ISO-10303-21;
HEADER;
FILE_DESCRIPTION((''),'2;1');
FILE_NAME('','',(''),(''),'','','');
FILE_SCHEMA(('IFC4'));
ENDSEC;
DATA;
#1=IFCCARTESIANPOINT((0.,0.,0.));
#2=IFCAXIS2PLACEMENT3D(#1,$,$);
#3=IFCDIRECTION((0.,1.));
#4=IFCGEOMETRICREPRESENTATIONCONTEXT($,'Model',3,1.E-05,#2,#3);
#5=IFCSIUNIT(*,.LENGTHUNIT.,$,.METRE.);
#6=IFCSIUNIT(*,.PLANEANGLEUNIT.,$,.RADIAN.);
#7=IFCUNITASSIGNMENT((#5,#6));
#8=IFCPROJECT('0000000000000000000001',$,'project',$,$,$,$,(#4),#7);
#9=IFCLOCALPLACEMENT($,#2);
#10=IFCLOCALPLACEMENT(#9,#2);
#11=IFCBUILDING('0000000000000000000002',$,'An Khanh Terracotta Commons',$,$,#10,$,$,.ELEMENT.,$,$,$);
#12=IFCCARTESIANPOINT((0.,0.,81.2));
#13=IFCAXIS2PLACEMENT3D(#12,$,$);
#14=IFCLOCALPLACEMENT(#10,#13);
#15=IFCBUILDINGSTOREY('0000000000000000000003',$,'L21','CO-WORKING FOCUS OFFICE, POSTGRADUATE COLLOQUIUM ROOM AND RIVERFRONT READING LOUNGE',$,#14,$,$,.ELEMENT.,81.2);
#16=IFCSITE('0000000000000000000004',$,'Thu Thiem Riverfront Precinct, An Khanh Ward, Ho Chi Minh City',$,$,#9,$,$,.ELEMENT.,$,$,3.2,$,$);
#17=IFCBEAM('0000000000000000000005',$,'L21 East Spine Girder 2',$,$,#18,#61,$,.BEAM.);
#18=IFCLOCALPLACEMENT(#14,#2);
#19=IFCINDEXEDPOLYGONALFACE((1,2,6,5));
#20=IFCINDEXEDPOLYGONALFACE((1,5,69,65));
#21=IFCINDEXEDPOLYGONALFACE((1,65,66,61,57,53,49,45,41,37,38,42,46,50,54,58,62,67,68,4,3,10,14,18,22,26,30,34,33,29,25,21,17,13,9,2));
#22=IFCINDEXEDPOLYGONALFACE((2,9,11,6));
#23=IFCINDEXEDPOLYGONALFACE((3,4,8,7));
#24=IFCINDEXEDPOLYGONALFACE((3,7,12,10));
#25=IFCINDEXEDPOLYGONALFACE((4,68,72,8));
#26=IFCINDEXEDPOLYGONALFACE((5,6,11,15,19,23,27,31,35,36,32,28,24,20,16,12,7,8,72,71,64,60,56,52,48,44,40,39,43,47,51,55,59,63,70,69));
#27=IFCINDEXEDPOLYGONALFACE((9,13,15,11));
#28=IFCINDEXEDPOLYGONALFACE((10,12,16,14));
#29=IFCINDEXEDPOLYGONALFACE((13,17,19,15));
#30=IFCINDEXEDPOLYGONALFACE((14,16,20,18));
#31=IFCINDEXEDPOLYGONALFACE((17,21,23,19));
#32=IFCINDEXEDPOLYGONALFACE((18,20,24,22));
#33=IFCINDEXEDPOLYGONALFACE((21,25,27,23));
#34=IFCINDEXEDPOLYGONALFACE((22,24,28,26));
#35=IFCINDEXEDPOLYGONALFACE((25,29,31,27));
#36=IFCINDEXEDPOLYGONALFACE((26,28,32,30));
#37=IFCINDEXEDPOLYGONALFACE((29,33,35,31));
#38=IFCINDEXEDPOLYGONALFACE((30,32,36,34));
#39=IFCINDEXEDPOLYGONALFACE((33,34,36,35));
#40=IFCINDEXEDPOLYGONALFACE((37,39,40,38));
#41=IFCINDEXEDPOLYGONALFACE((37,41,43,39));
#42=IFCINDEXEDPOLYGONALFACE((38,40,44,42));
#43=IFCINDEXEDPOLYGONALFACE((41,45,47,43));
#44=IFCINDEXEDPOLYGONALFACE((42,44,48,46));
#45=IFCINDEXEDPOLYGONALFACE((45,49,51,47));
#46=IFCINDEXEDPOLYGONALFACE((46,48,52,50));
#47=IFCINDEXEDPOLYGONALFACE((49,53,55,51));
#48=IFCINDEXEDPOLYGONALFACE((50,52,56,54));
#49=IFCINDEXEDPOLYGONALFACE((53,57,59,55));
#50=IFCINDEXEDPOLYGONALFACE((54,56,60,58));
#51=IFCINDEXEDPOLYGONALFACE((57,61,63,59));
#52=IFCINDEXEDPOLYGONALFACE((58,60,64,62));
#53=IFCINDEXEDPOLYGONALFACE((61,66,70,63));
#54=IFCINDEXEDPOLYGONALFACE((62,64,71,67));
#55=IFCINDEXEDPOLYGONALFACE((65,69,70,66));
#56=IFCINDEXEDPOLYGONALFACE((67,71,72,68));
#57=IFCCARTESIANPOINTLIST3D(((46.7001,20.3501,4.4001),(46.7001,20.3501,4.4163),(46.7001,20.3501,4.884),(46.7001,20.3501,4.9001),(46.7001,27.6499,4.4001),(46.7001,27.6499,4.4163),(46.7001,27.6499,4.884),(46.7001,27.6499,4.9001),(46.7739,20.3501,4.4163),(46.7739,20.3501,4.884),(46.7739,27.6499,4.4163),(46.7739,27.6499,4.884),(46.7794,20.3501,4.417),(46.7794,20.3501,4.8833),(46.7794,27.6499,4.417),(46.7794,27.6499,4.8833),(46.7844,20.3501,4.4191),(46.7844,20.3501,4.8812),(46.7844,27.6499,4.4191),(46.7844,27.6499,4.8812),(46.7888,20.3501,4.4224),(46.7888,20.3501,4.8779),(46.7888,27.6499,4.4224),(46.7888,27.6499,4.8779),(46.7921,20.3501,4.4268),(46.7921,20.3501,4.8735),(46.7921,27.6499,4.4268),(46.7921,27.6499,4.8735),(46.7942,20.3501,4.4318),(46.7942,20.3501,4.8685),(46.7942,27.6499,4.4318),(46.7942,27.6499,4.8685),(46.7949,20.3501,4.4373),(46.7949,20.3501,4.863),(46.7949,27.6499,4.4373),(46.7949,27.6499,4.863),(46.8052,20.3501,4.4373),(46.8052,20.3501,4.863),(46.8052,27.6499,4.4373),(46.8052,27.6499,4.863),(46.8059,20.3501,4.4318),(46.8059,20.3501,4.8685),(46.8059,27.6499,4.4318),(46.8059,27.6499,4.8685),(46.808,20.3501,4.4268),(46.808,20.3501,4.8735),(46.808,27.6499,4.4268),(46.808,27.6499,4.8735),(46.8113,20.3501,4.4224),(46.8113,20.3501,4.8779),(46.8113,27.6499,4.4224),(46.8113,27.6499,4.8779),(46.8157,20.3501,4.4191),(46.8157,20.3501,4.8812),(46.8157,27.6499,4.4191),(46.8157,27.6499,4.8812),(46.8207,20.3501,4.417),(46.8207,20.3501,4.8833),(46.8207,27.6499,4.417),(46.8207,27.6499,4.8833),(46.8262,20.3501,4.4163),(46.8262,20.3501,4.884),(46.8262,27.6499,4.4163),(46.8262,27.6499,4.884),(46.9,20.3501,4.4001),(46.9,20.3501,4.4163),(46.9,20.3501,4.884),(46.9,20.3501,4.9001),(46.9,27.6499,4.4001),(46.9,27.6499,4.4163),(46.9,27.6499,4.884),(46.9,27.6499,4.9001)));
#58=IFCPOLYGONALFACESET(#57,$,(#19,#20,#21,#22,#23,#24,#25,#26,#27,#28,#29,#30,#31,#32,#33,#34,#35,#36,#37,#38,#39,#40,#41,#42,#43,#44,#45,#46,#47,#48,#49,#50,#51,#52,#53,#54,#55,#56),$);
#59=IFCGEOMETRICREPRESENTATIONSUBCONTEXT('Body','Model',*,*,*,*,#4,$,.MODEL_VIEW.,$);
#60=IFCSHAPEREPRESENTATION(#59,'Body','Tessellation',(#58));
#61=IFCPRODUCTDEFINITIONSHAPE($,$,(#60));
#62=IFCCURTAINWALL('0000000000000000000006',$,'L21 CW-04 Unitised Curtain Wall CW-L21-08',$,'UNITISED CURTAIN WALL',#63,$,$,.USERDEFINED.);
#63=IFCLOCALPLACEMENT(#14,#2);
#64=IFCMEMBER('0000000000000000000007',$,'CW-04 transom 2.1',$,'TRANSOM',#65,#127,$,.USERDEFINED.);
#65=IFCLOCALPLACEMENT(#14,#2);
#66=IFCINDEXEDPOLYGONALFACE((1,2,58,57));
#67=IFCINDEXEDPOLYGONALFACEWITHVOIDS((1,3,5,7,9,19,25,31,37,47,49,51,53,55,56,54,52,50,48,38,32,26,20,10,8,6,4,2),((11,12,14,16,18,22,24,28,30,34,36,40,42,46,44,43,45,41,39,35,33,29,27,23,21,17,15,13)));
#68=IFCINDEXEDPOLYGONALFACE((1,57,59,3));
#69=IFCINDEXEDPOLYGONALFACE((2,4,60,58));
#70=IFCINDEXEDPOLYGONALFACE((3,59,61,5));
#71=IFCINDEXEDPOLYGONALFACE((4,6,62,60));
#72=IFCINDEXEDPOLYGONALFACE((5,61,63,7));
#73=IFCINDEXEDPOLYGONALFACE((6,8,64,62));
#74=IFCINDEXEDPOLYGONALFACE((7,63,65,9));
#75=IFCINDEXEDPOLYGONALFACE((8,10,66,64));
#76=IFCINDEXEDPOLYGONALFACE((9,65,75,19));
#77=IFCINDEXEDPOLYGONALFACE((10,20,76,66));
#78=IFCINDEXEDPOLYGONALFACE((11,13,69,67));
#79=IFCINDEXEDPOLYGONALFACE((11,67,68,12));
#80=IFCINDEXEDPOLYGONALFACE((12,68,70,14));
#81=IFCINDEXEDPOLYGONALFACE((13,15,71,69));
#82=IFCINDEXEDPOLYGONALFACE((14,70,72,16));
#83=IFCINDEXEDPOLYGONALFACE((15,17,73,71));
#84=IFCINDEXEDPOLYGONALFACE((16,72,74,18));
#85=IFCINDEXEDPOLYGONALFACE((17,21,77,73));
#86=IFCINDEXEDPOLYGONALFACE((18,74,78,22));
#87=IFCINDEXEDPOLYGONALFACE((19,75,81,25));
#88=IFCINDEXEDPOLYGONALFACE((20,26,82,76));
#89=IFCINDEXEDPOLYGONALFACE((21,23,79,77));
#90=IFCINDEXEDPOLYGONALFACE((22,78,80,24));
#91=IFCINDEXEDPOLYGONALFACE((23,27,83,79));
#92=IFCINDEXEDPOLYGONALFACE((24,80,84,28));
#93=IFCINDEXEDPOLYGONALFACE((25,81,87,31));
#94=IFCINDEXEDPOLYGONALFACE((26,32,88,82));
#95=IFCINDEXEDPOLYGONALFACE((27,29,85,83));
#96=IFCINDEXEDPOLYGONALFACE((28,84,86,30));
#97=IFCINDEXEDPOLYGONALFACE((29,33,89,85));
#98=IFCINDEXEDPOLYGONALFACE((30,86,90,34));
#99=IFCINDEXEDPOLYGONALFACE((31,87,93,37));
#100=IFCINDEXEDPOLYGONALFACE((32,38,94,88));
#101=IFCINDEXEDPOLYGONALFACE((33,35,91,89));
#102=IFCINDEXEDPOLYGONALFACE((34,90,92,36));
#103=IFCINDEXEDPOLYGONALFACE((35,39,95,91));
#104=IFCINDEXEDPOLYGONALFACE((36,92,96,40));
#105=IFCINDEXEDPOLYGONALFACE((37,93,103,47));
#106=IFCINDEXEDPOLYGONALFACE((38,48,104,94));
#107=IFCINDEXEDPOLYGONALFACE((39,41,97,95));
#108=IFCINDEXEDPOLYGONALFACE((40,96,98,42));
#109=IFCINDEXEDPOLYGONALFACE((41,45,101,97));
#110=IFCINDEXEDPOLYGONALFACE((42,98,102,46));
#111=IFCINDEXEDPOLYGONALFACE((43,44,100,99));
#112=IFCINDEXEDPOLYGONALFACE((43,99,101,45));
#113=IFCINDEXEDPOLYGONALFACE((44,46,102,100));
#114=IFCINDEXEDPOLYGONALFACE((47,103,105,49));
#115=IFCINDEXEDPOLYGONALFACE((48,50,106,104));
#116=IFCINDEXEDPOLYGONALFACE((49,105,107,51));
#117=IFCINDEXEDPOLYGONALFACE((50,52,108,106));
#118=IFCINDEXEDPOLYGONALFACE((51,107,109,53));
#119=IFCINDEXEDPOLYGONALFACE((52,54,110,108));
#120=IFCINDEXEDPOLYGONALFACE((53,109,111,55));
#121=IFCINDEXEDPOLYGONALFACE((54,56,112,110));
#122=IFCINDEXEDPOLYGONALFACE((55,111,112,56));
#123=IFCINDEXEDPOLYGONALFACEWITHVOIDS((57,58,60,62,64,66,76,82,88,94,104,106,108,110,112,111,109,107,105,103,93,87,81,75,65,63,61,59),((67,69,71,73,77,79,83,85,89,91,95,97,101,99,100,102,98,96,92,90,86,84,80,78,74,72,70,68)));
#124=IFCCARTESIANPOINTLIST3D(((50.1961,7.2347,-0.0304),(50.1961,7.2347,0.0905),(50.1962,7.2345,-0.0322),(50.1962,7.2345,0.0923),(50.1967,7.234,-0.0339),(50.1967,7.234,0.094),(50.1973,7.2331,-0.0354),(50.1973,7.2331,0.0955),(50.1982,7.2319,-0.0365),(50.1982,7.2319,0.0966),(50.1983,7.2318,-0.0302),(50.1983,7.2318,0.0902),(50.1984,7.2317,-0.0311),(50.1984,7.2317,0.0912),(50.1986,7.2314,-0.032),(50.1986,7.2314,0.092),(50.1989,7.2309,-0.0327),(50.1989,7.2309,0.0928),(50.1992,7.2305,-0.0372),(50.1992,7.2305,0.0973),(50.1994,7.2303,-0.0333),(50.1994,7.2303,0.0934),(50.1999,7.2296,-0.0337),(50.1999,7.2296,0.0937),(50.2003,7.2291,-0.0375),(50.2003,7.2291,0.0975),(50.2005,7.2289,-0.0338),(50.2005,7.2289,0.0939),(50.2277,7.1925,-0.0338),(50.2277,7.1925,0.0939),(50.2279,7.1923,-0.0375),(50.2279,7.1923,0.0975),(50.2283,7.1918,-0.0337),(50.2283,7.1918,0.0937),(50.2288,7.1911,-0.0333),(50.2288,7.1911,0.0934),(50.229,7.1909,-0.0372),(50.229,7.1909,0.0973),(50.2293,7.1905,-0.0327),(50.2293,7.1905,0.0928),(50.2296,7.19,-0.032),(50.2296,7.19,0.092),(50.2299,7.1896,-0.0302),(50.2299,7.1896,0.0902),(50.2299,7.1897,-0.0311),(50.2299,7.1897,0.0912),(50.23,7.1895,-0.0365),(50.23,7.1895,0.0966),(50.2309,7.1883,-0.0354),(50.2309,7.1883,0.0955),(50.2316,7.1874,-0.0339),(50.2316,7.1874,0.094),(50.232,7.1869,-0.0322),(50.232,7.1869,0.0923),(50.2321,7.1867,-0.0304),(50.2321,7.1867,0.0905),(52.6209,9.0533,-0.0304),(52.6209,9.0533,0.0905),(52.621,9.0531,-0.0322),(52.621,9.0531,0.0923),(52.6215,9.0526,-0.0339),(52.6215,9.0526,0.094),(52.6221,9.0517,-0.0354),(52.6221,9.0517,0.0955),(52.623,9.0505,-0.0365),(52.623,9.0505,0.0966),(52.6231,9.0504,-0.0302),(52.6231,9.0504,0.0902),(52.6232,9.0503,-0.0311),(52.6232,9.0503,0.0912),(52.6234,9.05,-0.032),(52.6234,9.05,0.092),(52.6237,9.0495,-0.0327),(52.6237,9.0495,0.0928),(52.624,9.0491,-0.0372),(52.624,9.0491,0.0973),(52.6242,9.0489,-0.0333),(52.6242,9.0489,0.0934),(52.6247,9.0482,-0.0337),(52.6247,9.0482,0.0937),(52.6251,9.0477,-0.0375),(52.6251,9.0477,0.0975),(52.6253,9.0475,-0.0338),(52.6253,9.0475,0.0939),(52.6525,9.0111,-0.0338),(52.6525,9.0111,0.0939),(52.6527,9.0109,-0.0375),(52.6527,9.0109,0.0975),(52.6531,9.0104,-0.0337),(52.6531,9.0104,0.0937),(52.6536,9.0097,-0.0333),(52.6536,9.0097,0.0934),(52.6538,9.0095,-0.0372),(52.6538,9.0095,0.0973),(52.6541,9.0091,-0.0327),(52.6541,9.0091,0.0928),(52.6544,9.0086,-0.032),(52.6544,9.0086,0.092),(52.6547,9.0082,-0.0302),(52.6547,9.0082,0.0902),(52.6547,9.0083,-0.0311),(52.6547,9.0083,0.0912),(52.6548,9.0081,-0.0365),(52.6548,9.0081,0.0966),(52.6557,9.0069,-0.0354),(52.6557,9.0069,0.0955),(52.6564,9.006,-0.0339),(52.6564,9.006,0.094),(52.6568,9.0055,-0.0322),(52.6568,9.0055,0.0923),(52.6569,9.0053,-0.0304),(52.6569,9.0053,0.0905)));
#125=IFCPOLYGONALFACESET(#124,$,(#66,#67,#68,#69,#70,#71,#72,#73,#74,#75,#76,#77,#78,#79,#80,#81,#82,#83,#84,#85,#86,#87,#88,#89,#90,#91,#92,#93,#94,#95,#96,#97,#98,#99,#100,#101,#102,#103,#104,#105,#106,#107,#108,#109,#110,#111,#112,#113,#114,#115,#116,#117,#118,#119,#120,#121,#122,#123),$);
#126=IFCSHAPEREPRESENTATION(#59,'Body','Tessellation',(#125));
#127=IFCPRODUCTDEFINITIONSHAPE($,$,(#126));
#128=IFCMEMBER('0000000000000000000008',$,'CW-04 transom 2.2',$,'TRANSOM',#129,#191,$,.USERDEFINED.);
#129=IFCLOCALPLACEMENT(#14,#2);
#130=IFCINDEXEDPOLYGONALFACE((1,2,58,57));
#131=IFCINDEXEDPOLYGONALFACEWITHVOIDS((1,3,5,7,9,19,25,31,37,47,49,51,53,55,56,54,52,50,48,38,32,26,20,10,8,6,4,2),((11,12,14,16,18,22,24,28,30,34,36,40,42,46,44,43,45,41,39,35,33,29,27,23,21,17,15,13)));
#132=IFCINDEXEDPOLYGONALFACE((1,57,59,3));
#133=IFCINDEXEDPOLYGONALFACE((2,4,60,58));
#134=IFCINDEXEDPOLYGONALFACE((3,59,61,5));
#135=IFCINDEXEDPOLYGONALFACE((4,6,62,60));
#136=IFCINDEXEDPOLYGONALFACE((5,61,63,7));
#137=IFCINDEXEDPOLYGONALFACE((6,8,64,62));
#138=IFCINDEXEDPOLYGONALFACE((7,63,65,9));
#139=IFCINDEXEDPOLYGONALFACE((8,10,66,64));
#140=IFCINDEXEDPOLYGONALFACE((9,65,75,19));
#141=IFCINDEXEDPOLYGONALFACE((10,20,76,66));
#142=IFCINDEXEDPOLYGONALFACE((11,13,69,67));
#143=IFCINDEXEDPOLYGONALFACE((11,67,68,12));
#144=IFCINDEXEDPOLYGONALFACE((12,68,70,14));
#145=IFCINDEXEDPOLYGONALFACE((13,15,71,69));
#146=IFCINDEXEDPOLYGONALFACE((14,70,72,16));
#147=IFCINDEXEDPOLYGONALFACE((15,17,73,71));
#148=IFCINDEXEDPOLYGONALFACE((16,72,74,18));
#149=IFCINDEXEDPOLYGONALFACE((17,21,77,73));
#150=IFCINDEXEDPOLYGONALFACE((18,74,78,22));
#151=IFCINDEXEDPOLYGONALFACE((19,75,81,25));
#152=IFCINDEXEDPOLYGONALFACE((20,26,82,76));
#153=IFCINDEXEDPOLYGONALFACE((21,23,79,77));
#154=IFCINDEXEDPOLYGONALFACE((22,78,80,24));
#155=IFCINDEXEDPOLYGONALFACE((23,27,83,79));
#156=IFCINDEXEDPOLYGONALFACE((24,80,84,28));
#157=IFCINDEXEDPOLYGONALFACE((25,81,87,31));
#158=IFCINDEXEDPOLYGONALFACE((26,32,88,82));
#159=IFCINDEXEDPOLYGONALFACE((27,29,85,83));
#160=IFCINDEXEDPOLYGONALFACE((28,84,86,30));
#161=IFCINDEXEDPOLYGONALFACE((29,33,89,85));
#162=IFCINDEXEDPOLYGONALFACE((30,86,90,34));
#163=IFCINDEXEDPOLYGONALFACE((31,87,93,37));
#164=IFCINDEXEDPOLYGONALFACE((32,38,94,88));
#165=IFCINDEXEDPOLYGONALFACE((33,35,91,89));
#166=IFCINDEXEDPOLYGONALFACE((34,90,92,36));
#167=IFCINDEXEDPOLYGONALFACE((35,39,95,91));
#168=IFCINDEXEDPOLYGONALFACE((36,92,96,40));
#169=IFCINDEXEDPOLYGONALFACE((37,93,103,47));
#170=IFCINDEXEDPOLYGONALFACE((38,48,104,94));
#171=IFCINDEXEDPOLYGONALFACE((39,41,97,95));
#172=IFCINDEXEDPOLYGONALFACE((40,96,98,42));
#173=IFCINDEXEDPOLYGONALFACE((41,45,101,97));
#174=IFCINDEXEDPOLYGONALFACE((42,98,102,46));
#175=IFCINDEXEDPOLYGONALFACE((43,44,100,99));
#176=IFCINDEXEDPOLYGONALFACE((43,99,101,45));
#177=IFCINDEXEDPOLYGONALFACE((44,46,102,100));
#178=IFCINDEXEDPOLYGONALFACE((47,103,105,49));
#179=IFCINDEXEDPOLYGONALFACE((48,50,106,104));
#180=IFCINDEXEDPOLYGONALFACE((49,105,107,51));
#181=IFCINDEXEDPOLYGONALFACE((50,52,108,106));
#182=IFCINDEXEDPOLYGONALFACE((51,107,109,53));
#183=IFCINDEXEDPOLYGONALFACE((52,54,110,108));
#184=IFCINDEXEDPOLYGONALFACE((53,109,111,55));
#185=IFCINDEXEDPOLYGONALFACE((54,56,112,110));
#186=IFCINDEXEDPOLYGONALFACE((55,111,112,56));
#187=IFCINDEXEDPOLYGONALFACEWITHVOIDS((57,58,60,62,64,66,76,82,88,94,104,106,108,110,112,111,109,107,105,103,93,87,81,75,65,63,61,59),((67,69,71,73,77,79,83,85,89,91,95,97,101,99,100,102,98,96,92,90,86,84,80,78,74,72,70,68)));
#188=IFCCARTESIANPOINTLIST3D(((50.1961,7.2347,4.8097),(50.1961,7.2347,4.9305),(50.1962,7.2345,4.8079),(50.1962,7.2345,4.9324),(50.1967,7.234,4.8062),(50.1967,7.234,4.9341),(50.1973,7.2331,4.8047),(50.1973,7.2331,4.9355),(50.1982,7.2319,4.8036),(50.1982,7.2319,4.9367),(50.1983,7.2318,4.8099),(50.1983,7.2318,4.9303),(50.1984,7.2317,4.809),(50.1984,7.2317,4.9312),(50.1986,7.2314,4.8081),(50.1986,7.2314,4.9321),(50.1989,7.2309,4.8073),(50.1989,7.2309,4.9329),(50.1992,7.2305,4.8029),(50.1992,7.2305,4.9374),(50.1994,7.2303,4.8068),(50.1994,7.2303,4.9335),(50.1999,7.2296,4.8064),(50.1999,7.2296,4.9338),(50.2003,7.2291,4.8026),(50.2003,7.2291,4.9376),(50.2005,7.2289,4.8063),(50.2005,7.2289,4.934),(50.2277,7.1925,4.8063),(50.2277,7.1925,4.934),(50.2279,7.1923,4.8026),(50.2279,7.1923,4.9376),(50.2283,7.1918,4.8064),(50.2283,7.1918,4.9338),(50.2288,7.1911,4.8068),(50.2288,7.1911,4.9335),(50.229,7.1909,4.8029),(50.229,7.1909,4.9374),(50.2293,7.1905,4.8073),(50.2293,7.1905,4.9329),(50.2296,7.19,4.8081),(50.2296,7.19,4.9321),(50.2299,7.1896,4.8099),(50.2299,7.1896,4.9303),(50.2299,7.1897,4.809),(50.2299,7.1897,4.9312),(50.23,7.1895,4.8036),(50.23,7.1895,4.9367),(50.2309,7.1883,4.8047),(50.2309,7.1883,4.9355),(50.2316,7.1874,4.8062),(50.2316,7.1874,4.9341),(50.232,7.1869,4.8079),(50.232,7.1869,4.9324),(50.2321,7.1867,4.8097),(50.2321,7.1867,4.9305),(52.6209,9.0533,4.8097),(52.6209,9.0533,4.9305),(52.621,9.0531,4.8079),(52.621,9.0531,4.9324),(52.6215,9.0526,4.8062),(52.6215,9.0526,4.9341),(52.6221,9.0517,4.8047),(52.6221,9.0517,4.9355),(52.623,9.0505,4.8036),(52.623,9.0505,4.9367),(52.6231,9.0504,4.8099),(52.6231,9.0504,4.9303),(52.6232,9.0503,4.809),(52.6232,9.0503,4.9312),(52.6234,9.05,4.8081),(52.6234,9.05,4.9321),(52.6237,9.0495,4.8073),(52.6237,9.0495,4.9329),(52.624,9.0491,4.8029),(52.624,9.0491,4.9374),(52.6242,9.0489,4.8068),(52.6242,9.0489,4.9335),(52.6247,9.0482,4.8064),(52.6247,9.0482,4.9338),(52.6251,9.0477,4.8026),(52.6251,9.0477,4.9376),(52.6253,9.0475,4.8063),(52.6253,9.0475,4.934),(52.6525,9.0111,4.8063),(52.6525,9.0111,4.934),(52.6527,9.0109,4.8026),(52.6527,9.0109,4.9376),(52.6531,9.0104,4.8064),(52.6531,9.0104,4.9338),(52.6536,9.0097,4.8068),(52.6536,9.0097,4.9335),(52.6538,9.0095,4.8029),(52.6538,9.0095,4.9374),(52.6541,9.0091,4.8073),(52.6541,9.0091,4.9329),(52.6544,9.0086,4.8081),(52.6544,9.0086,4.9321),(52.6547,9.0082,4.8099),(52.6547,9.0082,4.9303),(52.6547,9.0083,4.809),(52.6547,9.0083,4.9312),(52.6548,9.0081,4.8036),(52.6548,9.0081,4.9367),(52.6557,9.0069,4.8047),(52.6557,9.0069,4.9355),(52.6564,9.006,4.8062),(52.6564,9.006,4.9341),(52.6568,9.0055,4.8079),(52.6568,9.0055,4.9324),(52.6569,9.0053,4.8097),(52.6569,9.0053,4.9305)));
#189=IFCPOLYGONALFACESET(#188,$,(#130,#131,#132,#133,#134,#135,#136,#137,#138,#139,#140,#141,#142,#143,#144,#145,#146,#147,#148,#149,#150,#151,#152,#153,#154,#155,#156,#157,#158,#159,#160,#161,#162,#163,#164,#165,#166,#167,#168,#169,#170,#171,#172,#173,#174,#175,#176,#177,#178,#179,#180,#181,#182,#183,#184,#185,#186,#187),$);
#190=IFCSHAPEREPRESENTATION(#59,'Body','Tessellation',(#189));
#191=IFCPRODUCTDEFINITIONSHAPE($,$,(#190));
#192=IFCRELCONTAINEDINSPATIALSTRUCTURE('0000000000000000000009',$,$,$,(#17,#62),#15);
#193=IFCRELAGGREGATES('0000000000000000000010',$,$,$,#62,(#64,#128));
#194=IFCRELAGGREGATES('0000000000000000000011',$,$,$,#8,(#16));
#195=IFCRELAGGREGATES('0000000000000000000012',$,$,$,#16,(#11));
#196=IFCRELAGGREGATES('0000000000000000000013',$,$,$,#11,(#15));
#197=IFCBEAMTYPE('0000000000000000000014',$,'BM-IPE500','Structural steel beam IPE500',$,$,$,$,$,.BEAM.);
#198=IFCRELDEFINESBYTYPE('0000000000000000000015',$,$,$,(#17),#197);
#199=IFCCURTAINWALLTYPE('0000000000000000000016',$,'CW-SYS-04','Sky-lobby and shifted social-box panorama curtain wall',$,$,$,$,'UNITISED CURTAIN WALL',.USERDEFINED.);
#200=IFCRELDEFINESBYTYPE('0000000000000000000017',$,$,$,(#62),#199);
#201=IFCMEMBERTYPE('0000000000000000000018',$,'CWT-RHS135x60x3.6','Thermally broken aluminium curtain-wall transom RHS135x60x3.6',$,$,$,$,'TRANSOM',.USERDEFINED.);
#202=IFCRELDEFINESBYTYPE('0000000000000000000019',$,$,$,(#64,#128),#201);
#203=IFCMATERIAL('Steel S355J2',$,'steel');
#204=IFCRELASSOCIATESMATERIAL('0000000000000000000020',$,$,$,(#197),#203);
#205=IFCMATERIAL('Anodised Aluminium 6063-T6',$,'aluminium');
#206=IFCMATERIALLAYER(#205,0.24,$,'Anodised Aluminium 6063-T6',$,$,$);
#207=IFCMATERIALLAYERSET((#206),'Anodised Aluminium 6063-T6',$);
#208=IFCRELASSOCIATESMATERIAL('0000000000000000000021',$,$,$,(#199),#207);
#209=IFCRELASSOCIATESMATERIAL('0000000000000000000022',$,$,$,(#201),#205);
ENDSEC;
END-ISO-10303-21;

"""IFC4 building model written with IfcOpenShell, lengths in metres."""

from ifc_helpers import new_model, si_unit, direction, frame, origin, origin_2d, place, context, subcontext, project, spatial, hollow_rectangle, i_section, extrude, material, layer, layer_set, material_profile, profile_set, type_object, element, aggregate, save


model = new_model("IFC4")

# Units and contexts
model_context = context("Model", 3, precision=1e-05, world=origin(), true_north=direction((0.0, 1.0)))
body_context = subcontext(model_context, "Body", "Model", "MODEL_VIEW")
ifc_project = project(units=[si_unit("LENGTHUNIT", "METRE"), si_unit("PLANEANGLEUNIT", "RADIAN")], contexts=[model_context])

# Site, building, storey
site_placement = place(None, origin())
site = spatial("IfcSite", under=ifc_project, at=site_placement, Name="Thu Thiem Riverfront Precinct, An Khanh Ward, Ho Chi Minh City", CompositionType="ELEMENT", RefElevation=3.2)
building_placement = place(site_placement, origin())
building = spatial("IfcBuilding", under=site, at=building_placement, Name="An Khanh Terracotta Commons", CompositionType="ELEMENT")
storey_placement = place(building_placement, frame((0.0, 0.0, 81.2)))
storey = spatial("IfcBuildingStorey", under=building, at=storey_placement, Name="L21", Description="CO-WORKING FOCUS OFFICE, POSTGRADUATE COLLOQUIUM ROOM AND RIVERFRONT READING LOUNGE", CompositionType="ELEMENT", Elevation=81.2)

# Beam
ifc_material_1 = material(Name="Steel S355J2", Category="steel")
ifc_material_profile_1 = material_profile(ifc_material_1, i_section(OverallWidth=0.2, OverallDepth=0.5, WebThickness=0.0103, FlangeThickness=0.0161, FilletRadius=0.021, at=origin_2d()), Name="IPE500")
ifc_profile_set_1 = profile_set([ifc_material_profile_1], Name="Steel S355J2")
beam_type_1 = type_object("IfcBeamType", Name="BM-IPE500", Description="Structural steel beam IPE500", PredefinedType="BEAM", material=ifc_profile_set_1)
beam_1_placement = place(storey_placement, frame((46.8, 20.3501, 4.6501), z_axis=(0.0, 1.0, 0.0), x_axis=(-1.0, 0.0, 0.0)))
element("IfcBeam", 1, at=beam_1_placement, inside=storey, type_object=beam_type_1, Name="L21 East Spine Girder 2", PredefinedType="BEAM", context=body_context, shape_type="SweptSolid", body=[
    extrude(i_section(OverallWidth=0.2, OverallDepth=0.5, WebThickness=0.0103, FlangeThickness=0.0161, FilletRadius=0.021, at=origin_2d()), origin(), (0.0, 0.0, 1.0), 7.2998),
])

# Curtain wall, members
ifc_material_2 = material(Name="Anodised Aluminium 6063-T6", Category="aluminium")
ifc_layer_1 = layer(ifc_material_2, 0.24, Name="Anodised Aluminium 6063-T6")
ifc_layer_set_1 = layer_set([ifc_layer_1], Name="Anodised Aluminium 6063-T6")
curtain_wall_type = type_object("IfcCurtainWallType", Name="CW-SYS-04", Description="Sky-lobby and shifted social-box panorama curtain wall", ElementType="UNITISED CURTAIN WALL", PredefinedType="USERDEFINED", material=ifc_layer_set_1)
curtain_wall_placement = place(storey_placement, origin())
curtain_wall = element("IfcCurtainWall", 2, at=curtain_wall_placement, inside=storey, type_object=curtain_wall_type, Name="L21 CW-04 Unitised Curtain Wall CW-L21-08", ObjectType="UNITISED CURTAIN WALL", PredefinedType="USERDEFINED")
ifc_material_profile_2 = material_profile(ifc_material_2, hollow_rectangle(XDim=0.0601, YDim=0.135, WallThickness=0.0037, InnerFilletRadius=0.0037, OuterFilletRadius=0.0071, at=origin_2d()), Name="RHS135x60x3.6")
ifc_profile_set_2 = profile_set([ifc_material_profile_2], Name="Anodised Aluminium 6063-T6")
member_type = type_object("IfcMemberType", Name="CWT-RHS135x60x3.6", Description="Thermally broken aluminium curtain-wall transom RHS135x60x3.6", ElementType="TRANSOM", PredefinedType="USERDEFINED", material=ifc_profile_set_2)
member_1_placement = place(storey_placement, frame((50.2141, 7.2107, 0.03), z_axis=(0.8, 0.6, 0.0), x_axis=(-0.6, 0.8, 0.0)))
member_1 = element("IfcMember", 3, at=member_1_placement, type_object=member_type, Name="CW-04 transom 2.1", ObjectType="TRANSOM", PredefinedType="USERDEFINED", context=body_context, shape_type="SweptSolid", body=[
    extrude(hollow_rectangle(XDim=0.0601, YDim=0.135, WallThickness=0.0037, InnerFilletRadius=0.0037, OuterFilletRadius=0.0071, at=origin_2d()), origin(), (0.0, 0.0, 1.0), 3.031),
])
member_2_placement = place(storey_placement, frame((50.2141, 7.2107, 4.8701), z_axis=(0.8, 0.6, 0.0), x_axis=(-0.6, 0.8, 0.0)))
member_2 = element("IfcMember", 4, at=member_2_placement, type_object=member_type, Name="CW-04 transom 2.2", ObjectType="TRANSOM", PredefinedType="USERDEFINED", context=body_context, shape_type="SweptSolid", body=[
    extrude(hollow_rectangle(XDim=0.0601, YDim=0.135, WallThickness=0.0037, InnerFilletRadius=0.0037, OuterFilletRadius=0.0071, at=origin_2d()), origin(), (0.0, 0.0, 1.0), 3.031),
])
aggregate(curtain_wall, [member_1, member_2])

save(model, "model.ifc")
